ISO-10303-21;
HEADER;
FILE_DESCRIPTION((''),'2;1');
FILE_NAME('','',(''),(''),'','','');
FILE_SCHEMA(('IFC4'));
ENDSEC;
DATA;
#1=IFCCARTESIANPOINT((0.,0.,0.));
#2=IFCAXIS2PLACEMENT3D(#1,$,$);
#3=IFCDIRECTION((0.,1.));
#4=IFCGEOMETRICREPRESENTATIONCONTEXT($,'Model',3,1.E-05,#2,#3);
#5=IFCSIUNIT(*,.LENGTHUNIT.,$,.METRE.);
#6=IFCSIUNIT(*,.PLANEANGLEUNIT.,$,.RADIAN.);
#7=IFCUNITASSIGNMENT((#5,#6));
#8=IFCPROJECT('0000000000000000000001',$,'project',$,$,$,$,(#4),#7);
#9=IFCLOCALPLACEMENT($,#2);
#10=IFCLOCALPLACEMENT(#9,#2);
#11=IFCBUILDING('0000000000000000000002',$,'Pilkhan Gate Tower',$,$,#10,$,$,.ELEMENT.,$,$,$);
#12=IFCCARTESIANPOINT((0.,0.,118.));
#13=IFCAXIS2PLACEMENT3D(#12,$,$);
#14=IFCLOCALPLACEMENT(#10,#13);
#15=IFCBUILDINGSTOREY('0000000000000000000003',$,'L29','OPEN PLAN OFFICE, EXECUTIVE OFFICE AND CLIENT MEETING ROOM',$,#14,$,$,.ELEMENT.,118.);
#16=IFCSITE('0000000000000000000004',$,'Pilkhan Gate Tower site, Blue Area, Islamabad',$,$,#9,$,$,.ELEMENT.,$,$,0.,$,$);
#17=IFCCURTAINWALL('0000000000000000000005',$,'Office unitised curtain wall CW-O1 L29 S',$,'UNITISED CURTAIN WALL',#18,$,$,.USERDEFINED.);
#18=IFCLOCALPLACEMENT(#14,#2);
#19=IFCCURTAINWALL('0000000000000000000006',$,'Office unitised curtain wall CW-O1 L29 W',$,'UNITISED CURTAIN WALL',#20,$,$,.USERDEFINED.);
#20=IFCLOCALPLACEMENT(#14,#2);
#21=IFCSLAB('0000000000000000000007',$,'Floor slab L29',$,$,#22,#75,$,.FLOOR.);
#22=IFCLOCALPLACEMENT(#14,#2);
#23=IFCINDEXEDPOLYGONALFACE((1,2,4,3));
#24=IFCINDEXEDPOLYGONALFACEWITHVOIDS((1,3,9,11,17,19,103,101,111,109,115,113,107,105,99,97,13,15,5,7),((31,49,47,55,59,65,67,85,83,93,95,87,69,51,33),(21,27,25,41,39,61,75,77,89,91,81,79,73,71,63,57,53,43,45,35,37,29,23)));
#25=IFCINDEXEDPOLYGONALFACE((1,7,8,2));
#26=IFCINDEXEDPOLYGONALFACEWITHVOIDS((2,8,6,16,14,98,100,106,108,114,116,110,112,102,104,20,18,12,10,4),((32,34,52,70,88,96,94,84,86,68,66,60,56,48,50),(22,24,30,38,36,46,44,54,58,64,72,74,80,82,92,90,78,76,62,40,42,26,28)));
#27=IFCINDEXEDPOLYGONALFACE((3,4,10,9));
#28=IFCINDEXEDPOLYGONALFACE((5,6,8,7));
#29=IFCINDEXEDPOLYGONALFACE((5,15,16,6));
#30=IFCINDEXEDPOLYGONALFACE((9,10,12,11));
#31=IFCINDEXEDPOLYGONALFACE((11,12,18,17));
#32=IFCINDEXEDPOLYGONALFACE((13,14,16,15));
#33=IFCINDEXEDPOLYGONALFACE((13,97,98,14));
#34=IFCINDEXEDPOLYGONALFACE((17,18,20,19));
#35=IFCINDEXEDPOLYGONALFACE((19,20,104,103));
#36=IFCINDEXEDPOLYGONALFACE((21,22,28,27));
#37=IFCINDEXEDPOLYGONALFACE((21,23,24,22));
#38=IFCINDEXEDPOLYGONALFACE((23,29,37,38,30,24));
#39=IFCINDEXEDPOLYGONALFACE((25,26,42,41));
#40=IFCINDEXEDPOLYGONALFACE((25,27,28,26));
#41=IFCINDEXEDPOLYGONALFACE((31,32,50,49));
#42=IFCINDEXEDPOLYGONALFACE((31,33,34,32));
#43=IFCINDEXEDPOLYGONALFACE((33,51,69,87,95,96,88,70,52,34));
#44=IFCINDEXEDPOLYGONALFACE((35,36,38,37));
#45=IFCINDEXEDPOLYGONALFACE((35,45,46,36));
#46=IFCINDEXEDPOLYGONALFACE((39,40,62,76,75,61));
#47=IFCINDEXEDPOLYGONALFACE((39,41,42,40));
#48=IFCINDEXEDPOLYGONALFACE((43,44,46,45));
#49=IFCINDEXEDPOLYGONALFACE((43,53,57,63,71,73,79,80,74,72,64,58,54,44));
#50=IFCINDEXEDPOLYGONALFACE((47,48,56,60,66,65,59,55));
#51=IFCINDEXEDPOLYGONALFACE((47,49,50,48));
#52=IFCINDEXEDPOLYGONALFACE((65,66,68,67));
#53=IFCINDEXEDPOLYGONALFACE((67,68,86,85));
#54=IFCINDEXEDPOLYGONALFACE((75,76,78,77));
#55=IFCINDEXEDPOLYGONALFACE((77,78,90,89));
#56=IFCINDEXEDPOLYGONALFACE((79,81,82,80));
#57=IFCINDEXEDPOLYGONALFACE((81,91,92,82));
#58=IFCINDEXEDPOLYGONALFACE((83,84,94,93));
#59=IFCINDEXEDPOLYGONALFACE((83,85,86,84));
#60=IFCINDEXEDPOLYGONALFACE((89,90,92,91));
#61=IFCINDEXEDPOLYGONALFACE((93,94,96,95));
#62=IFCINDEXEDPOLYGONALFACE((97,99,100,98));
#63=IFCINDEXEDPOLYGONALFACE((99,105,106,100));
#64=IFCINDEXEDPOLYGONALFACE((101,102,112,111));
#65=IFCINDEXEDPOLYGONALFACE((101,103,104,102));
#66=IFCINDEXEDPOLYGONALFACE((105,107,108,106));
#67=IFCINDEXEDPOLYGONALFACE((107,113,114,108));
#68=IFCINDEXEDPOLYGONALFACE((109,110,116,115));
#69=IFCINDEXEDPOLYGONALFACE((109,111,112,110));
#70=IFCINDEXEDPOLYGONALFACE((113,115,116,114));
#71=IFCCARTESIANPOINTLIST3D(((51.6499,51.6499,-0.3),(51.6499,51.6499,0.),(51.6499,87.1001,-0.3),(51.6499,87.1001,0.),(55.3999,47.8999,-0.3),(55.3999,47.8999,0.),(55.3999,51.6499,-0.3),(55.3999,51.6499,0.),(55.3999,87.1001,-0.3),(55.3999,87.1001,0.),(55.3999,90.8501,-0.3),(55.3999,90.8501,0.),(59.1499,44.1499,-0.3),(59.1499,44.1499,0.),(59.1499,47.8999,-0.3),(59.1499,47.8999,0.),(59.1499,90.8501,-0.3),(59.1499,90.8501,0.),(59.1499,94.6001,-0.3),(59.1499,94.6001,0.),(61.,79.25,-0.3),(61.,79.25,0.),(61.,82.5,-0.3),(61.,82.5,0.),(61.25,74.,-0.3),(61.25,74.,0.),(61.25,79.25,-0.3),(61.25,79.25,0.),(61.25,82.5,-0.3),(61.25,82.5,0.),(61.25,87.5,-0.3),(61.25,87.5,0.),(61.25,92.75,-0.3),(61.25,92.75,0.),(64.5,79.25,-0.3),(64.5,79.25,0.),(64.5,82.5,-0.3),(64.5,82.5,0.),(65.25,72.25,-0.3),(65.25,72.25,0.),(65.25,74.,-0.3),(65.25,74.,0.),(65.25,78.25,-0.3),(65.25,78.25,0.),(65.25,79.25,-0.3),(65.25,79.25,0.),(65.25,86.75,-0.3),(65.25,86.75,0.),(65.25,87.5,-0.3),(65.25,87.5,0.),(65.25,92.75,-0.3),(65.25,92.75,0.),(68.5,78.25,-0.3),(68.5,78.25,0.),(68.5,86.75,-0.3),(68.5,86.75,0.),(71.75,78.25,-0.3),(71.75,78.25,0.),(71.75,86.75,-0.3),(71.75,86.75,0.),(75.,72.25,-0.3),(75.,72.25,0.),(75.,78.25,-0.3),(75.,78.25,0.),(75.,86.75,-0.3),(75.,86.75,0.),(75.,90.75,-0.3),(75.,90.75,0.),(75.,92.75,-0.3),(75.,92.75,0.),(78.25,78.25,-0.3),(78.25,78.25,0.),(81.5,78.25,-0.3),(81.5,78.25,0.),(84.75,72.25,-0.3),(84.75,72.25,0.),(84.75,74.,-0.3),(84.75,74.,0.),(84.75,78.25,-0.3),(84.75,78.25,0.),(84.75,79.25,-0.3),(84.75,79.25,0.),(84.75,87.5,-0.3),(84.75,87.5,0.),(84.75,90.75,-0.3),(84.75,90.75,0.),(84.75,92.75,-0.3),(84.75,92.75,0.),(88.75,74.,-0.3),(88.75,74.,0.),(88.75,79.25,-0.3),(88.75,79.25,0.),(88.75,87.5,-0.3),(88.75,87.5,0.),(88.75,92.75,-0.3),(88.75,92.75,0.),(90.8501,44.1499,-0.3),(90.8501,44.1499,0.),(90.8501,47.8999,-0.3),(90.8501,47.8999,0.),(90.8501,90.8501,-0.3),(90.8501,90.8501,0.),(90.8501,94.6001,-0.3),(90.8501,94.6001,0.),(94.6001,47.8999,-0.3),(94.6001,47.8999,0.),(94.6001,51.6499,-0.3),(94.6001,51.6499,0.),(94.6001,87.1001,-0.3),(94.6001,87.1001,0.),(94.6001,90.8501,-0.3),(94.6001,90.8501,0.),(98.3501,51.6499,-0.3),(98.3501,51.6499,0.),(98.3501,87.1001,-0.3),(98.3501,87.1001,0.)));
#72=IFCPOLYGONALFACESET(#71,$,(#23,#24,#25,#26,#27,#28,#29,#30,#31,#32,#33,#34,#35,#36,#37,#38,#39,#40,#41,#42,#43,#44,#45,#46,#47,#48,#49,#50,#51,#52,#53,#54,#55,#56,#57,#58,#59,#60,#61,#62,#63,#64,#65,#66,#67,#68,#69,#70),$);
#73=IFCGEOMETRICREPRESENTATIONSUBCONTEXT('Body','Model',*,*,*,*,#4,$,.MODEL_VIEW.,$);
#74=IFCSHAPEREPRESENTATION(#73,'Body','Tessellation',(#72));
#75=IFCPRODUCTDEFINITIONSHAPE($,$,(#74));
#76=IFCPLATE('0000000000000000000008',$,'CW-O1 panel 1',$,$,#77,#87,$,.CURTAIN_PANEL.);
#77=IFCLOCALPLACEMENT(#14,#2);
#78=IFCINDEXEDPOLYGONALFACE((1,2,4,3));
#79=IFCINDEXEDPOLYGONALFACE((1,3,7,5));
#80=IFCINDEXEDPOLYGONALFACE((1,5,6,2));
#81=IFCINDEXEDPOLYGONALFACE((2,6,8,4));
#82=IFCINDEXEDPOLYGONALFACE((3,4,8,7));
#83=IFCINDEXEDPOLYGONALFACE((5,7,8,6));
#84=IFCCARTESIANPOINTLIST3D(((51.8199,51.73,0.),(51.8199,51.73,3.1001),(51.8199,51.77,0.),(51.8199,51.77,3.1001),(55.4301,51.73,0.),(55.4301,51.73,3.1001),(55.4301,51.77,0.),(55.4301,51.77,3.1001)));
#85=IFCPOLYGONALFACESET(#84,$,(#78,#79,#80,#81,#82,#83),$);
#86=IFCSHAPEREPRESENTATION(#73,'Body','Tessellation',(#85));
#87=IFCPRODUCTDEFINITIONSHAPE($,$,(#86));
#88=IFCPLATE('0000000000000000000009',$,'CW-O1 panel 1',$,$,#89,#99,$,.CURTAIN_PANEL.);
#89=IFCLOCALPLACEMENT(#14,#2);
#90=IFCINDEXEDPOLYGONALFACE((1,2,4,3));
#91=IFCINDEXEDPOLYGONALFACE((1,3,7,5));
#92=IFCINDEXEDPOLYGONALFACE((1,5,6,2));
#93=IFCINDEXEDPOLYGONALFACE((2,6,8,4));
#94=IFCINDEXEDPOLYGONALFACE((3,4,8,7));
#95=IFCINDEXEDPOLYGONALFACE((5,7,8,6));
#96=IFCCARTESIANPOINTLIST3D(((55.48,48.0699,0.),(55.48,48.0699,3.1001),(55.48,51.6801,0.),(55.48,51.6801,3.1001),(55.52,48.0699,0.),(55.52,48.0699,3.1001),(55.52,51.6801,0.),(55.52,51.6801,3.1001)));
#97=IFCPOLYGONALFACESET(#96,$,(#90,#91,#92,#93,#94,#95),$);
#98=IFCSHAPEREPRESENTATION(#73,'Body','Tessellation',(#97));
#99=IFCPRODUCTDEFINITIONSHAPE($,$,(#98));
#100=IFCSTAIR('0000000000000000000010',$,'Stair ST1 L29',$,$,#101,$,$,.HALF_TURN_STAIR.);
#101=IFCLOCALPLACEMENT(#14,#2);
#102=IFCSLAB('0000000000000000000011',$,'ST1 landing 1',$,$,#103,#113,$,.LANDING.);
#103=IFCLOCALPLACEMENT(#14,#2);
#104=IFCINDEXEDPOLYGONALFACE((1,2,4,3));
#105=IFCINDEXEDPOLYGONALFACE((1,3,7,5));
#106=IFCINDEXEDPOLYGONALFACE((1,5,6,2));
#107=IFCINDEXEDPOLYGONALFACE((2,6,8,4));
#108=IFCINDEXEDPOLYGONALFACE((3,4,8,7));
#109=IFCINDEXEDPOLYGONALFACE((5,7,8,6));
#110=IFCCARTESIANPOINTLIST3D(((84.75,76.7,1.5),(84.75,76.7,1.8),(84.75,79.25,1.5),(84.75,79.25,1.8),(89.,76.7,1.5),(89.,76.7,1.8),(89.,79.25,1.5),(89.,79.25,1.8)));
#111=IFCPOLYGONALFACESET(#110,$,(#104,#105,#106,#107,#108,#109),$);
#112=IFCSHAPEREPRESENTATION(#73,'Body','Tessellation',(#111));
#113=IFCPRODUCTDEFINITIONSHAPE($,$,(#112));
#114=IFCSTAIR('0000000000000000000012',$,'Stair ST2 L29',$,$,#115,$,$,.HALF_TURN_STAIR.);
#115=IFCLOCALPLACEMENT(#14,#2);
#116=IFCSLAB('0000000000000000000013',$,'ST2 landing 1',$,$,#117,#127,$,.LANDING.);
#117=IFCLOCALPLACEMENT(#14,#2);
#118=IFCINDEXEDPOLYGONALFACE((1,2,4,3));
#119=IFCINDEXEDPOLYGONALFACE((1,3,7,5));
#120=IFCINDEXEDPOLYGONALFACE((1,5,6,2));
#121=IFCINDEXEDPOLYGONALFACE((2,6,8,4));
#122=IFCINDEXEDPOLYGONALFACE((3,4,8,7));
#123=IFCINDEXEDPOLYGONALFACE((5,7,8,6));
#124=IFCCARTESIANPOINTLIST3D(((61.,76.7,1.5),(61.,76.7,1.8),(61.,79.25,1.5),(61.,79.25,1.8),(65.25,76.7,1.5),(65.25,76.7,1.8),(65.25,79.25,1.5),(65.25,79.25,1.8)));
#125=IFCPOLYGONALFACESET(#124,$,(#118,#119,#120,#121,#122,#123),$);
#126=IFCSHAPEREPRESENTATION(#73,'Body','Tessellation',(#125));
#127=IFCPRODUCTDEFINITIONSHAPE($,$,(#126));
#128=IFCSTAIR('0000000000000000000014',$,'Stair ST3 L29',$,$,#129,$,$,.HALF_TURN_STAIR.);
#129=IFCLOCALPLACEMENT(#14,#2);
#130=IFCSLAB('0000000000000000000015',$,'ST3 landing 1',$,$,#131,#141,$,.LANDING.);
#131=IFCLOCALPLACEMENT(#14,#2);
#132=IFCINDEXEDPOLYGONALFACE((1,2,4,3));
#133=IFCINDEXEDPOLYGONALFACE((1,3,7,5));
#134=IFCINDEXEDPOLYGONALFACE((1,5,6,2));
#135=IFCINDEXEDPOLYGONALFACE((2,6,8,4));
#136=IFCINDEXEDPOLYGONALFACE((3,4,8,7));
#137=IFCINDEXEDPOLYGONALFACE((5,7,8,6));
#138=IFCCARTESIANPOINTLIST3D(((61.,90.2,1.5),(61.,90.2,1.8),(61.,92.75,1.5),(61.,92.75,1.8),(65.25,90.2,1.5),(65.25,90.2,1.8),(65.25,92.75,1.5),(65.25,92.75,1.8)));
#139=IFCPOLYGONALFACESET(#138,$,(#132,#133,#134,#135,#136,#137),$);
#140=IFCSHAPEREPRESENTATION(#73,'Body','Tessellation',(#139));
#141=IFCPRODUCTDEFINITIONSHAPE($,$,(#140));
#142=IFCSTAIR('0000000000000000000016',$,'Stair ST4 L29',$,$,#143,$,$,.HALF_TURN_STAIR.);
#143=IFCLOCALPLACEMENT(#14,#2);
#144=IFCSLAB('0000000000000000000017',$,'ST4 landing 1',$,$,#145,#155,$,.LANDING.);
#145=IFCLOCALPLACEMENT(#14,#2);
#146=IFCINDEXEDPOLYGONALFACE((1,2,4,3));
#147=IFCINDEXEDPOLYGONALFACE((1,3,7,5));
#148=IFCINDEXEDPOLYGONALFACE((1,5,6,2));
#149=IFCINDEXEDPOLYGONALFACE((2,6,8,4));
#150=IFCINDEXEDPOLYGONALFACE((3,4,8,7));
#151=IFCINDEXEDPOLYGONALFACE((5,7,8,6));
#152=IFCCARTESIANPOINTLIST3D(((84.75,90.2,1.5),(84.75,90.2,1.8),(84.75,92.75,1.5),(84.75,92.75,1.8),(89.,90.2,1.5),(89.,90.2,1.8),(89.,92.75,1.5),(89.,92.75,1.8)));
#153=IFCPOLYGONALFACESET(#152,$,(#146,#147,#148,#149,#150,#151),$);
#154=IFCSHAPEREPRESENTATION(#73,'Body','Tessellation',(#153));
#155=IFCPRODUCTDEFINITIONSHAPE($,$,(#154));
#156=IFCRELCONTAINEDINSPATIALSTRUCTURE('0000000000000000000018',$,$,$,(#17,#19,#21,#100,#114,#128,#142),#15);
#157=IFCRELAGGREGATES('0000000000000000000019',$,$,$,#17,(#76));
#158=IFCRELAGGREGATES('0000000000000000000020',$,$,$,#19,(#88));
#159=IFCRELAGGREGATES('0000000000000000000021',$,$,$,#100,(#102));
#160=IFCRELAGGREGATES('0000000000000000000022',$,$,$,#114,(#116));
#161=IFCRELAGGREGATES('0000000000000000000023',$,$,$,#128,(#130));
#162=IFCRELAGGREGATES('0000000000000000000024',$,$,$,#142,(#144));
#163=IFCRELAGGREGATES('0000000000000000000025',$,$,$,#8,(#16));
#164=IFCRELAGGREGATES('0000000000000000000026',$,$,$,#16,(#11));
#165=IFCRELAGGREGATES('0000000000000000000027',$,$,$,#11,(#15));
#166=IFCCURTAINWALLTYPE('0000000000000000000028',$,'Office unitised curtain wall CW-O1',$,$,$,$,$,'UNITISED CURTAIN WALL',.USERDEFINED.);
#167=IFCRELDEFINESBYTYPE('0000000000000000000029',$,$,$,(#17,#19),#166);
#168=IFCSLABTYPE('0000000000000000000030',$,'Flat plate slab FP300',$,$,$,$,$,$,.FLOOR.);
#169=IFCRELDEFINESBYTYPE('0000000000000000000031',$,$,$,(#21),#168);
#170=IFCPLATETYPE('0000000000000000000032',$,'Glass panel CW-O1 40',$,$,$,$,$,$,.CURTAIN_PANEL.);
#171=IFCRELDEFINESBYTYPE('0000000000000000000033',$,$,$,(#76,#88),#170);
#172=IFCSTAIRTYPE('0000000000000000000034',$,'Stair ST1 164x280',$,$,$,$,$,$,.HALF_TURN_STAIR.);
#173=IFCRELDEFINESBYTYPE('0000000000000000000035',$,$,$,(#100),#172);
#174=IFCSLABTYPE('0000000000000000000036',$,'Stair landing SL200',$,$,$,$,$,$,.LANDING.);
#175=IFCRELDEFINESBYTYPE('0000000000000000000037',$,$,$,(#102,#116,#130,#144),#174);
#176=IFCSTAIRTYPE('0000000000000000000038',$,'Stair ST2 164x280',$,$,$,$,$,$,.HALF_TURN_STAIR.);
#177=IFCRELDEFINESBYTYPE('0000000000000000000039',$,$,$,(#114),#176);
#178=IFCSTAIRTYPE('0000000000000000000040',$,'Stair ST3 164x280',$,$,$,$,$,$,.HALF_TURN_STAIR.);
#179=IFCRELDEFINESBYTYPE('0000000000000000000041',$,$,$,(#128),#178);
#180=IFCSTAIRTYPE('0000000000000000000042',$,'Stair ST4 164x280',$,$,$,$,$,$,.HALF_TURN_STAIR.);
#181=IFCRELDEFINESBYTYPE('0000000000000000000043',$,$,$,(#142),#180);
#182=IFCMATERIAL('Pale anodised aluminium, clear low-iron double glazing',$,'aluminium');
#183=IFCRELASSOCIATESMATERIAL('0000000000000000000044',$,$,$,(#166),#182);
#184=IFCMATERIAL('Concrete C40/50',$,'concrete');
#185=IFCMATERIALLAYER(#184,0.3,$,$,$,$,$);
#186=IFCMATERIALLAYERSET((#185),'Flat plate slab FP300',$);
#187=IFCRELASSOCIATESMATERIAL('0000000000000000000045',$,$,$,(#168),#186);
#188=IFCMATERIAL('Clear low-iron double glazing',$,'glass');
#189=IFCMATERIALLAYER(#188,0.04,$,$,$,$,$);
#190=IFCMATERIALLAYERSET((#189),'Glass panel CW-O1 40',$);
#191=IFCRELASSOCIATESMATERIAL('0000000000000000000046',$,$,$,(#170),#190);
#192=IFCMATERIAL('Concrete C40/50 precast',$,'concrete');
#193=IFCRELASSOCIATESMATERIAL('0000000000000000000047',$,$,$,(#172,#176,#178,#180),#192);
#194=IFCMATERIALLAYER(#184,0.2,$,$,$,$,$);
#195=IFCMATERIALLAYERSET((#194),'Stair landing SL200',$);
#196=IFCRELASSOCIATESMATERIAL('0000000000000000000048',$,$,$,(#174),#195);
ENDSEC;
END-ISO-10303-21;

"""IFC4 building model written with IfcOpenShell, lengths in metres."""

from ifc_helpers import new_model, si_unit, direction, frame, origin, origin_2d, place, context, subcontext, project, spatial, polyline, rectangle, outline, extrude, material, layer, layer_set, type_object, element, aggregate, save


model = new_model("IFC4")

# Units and contexts
model_context = context("Model", 3, precision=1e-05, world=origin(), true_north=direction((0.0, 1.0)))
body_context = subcontext(model_context, "Body", "Model", "MODEL_VIEW")
ifc_project = project(units=[si_unit("LENGTHUNIT", "METRE"), si_unit("PLANEANGLEUNIT", "RADIAN")], contexts=[model_context])

# Site, building, storey
site_placement = place(None, origin())
site = spatial("IfcSite", under=ifc_project, at=site_placement, Name="Pilkhan Gate Tower site, Blue Area, Islamabad", CompositionType="ELEMENT", RefElevation=0.0)
building_placement = place(site_placement, origin())
building = spatial("IfcBuilding", under=site, at=building_placement, Name="Pilkhan Gate Tower", CompositionType="ELEMENT")
storey_placement = place(building_placement, frame((0.0, 0.0, 118.0)))
storey = spatial("IfcBuildingStorey", under=building, at=storey_placement, Name="L29", Description="OPEN PLAN OFFICE, EXECUTIVE OFFICE AND CLIENT MEETING ROOM", CompositionType="ELEMENT", Elevation=118.0)

# Shared definitions
ifc_material_1 = material(Name="Pale anodised aluminium, clear low-iron double glazing", Category="aluminium")
curtain_wall_type = type_object("IfcCurtainWallType", Name="Office unitised curtain wall CW-O1", ElementType="UNITISED CURTAIN WALL", PredefinedType="USERDEFINED", material=ifc_material_1)

# Curtain walls
curtain_wall_1_placement = place(storey_placement, origin())
curtain_wall_1 = element("IfcCurtainWall", 1, at=curtain_wall_1_placement, inside=storey, type_object=curtain_wall_type, Name="Office unitised curtain wall CW-O1 L29 S", ObjectType="UNITISED CURTAIN WALL", PredefinedType="USERDEFINED")
curtain_wall_2_placement = place(storey_placement, origin())
curtain_wall_2 = element("IfcCurtainWall", 2, at=curtain_wall_2_placement, inside=storey, type_object=curtain_wall_type, Name="Office unitised curtain wall CW-O1 L29 W", ObjectType="UNITISED CURTAIN WALL", PredefinedType="USERDEFINED")

# Slab
ifc_material_2 = material(Name="Concrete C40/50", Category="concrete")
ifc_layer_1 = layer(ifc_material_2, 0.3)
ifc_layer_set_1 = layer_set([ifc_layer_1], Name="Flat plate slab FP300")
slab_type_1 = type_object("IfcSlabType", Name="Flat plate slab FP300", PredefinedType="FLOOR", material=ifc_layer_set_1)
slab_1_placement = place(storey_placement, frame((0.0, 0.0, -0.3)))
element("IfcSlab", 3, at=slab_1_placement, inside=storey, type_object=slab_type_1, Name="Floor slab L29", PredefinedType="FLOOR", context=body_context, shape_type="SweptSolid", body=[
    extrude(outline(polyline([(94.6001, 47.8999), (90.8501, 47.8999), (90.8501, 44.1499), (59.1499, 44.1499), (59.1499, 47.8999), (55.3999, 47.8999), (55.3999, 51.6499), (51.6499, 51.6499), (51.6499, 87.1001), (55.3999, 87.1001), (55.3999, 90.8501), (59.1499, 90.8501), (59.1499, 94.6001), (90.8501, 94.6001), (90.8501, 90.8501), (94.6001, 90.8501), (94.6001, 87.1001), (98.3501, 87.1001), (98.3501, 51.6499), (94.6001, 51.6499), (94.6001, 47.8999)]), holes=[polyline([(65.25, 87.5), (65.25, 86.75), (68.5, 86.75), (71.75, 86.75), (75.0, 86.75), (75.0, 90.75), (84.75, 90.75), (84.75, 87.5), (88.75, 87.5), (88.75, 92.75), (84.75, 92.75), (75.0, 92.75), (65.25, 92.75), (61.25, 92.75), (61.25, 87.5), (65.25, 87.5)]), polyline([(75.0, 72.25), (84.75, 72.25), (84.75, 74.0), (88.75, 74.0), (88.75, 79.25), (84.75, 79.25), (84.75, 78.25), (81.5, 78.25), (78.25, 78.25), (75.0, 78.25), (71.75, 78.25), (68.5, 78.25), (65.25, 78.25), (65.25, 79.25), (64.5, 79.25), (64.5, 82.5), (61.25, 82.5), (61.0, 82.5), (61.0, 79.25), (61.25, 79.25), (61.25, 74.0), (65.25, 74.0), (65.25, 72.25), (75.0, 72.25)])]), origin(), (0.0, 0.0, 1.0), 0.3),
])

# Plates
ifc_material_3 = material(Name="Clear low-iron double glazing", Category="glass")
ifc_layer_2 = layer(ifc_material_3, 0.04)
ifc_layer_set_2 = layer_set([ifc_layer_2], Name="Glass panel CW-O1 40")
plate_type = type_object("IfcPlateType", Name="Glass panel CW-O1 40", PredefinedType="CURTAIN_PANEL", material=ifc_layer_set_2)
plate_1_placement = place(storey_placement, frame((53.625, 51.75, 0.0), z_axis=(0.0, 0.0, 1.0), x_axis=(1.0, 0.0, 0.0)))
plate_1 = element("IfcPlate", 4, at=plate_1_placement, type_object=plate_type, Name="CW-O1 panel 1", PredefinedType="CURTAIN_PANEL", context=body_context, shape_type="SweptSolid", body=[
    extrude(rectangle(XDim=3.6101, YDim=0.04, at=origin_2d()), origin(), (0.0, 0.0, 1.0), 3.1001),
])
aggregate(curtain_wall_1, [plate_1])
plate_2_placement = place(storey_placement, frame((55.5, 49.875, 0.0), z_axis=(0.0, 0.0, 1.0), x_axis=(0.0, 1.0, 0.0)))
plate_2 = element("IfcPlate", 5, at=plate_2_placement, type_object=plate_type, Name="CW-O1 panel 1", PredefinedType="CURTAIN_PANEL", context=body_context, shape_type="SweptSolid", body=[
    extrude(rectangle(XDim=3.6101, YDim=0.04, at=origin_2d()), origin(), (0.0, 0.0, 1.0), 3.1001),
])
aggregate(curtain_wall_2, [plate_2])

# Stairs, slabs
ifc_material_4 = material(Name="Concrete C40/50 precast", Category="concrete")
stair_type_1 = type_object("IfcStairType", Name="Stair ST1 164x280", PredefinedType="HALF_TURN_STAIR", material=ifc_material_4)
stair_1_placement = place(storey_placement, origin())
stair_1 = element("IfcStair", 6, at=stair_1_placement, inside=storey, type_object=stair_type_1, Name="Stair ST1 L29", PredefinedType="HALF_TURN_STAIR")
ifc_layer_3 = layer(ifc_material_2, 0.2)
ifc_layer_set_3 = layer_set([ifc_layer_3], Name="Stair landing SL200")
slab_type_2 = type_object("IfcSlabType", Name="Stair landing SL200", PredefinedType="LANDING", material=ifc_layer_set_3)
slab_2_placement = place(storey_placement, frame((0.0, 0.0, 1.5)))
slab_2 = element("IfcSlab", 7, at=slab_2_placement, type_object=slab_type_2, Name="ST1 landing 1", PredefinedType="LANDING", context=body_context, shape_type="SweptSolid", body=[
    extrude(outline(polyline([(89.0, 76.7), (89.0, 79.25), (84.75, 79.25), (84.75, 76.7), (89.0, 76.7)])), origin(), (0.0, 0.0, 1.0), 0.3),
])
aggregate(stair_1, [slab_2])
stair_type_2 = type_object("IfcStairType", Name="Stair ST2 164x280", PredefinedType="HALF_TURN_STAIR", material=ifc_material_4)
stair_2_placement = place(storey_placement, origin())
stair_2 = element("IfcStair", 8, at=stair_2_placement, inside=storey, type_object=stair_type_2, Name="Stair ST2 L29", PredefinedType="HALF_TURN_STAIR")
slab_3_placement = place(storey_placement, frame((0.0, 0.0, 1.5)))
slab_3 = element("IfcSlab", 9, at=slab_3_placement, type_object=slab_type_2, Name="ST2 landing 1", PredefinedType="LANDING", context=body_context, shape_type="SweptSolid", body=[
    extrude(outline(polyline([(65.25, 76.7), (65.25, 79.25), (61.0, 79.25), (61.0, 76.7), (65.25, 76.7)])), origin(), (0.0, 0.0, 1.0), 0.3),
])
aggregate(stair_2, [slab_3])
stair_type_3 = type_object("IfcStairType", Name="Stair ST3 164x280", PredefinedType="HALF_TURN_STAIR", material=ifc_material_4)
stair_3_placement = place(storey_placement, origin())
stair_3 = element("IfcStair", 10, at=stair_3_placement, inside=storey, type_object=stair_type_3, Name="Stair ST3 L29", PredefinedType="HALF_TURN_STAIR")
slab_4_placement = place(storey_placement, frame((0.0, 0.0, 1.5)))
slab_4 = element("IfcSlab", 11, at=slab_4_placement, type_object=slab_type_2, Name="ST3 landing 1", PredefinedType="LANDING", context=body_context, shape_type="SweptSolid", body=[
    extrude(outline(polyline([(65.25, 90.2), (65.25, 92.75), (61.0, 92.75), (61.0, 90.2), (65.25, 90.2)])), origin(), (0.0, 0.0, 1.0), 0.3),
])
aggregate(stair_3, [slab_4])
stair_type_4 = type_object("IfcStairType", Name="Stair ST4 164x280", PredefinedType="HALF_TURN_STAIR", material=ifc_material_4)
stair_4_placement = place(storey_placement, origin())
stair_4 = element("IfcStair", 12, at=stair_4_placement, inside=storey, type_object=stair_type_4, Name="Stair ST4 L29", PredefinedType="HALF_TURN_STAIR")
slab_5_placement = place(storey_placement, frame((0.0, 0.0, 1.5)))
slab_5 = element("IfcSlab", 13, at=slab_5_placement, type_object=slab_type_2, Name="ST4 landing 1", PredefinedType="LANDING", context=body_context, shape_type="SweptSolid", body=[
    extrude(outline(polyline([(89.0, 90.2), (89.0, 92.75), (84.75, 92.75), (84.75, 90.2), (89.0, 90.2)])), origin(), (0.0, 0.0, 1.0), 0.3),
])
aggregate(stair_4, [slab_5])

save(model, "model.ifc")
